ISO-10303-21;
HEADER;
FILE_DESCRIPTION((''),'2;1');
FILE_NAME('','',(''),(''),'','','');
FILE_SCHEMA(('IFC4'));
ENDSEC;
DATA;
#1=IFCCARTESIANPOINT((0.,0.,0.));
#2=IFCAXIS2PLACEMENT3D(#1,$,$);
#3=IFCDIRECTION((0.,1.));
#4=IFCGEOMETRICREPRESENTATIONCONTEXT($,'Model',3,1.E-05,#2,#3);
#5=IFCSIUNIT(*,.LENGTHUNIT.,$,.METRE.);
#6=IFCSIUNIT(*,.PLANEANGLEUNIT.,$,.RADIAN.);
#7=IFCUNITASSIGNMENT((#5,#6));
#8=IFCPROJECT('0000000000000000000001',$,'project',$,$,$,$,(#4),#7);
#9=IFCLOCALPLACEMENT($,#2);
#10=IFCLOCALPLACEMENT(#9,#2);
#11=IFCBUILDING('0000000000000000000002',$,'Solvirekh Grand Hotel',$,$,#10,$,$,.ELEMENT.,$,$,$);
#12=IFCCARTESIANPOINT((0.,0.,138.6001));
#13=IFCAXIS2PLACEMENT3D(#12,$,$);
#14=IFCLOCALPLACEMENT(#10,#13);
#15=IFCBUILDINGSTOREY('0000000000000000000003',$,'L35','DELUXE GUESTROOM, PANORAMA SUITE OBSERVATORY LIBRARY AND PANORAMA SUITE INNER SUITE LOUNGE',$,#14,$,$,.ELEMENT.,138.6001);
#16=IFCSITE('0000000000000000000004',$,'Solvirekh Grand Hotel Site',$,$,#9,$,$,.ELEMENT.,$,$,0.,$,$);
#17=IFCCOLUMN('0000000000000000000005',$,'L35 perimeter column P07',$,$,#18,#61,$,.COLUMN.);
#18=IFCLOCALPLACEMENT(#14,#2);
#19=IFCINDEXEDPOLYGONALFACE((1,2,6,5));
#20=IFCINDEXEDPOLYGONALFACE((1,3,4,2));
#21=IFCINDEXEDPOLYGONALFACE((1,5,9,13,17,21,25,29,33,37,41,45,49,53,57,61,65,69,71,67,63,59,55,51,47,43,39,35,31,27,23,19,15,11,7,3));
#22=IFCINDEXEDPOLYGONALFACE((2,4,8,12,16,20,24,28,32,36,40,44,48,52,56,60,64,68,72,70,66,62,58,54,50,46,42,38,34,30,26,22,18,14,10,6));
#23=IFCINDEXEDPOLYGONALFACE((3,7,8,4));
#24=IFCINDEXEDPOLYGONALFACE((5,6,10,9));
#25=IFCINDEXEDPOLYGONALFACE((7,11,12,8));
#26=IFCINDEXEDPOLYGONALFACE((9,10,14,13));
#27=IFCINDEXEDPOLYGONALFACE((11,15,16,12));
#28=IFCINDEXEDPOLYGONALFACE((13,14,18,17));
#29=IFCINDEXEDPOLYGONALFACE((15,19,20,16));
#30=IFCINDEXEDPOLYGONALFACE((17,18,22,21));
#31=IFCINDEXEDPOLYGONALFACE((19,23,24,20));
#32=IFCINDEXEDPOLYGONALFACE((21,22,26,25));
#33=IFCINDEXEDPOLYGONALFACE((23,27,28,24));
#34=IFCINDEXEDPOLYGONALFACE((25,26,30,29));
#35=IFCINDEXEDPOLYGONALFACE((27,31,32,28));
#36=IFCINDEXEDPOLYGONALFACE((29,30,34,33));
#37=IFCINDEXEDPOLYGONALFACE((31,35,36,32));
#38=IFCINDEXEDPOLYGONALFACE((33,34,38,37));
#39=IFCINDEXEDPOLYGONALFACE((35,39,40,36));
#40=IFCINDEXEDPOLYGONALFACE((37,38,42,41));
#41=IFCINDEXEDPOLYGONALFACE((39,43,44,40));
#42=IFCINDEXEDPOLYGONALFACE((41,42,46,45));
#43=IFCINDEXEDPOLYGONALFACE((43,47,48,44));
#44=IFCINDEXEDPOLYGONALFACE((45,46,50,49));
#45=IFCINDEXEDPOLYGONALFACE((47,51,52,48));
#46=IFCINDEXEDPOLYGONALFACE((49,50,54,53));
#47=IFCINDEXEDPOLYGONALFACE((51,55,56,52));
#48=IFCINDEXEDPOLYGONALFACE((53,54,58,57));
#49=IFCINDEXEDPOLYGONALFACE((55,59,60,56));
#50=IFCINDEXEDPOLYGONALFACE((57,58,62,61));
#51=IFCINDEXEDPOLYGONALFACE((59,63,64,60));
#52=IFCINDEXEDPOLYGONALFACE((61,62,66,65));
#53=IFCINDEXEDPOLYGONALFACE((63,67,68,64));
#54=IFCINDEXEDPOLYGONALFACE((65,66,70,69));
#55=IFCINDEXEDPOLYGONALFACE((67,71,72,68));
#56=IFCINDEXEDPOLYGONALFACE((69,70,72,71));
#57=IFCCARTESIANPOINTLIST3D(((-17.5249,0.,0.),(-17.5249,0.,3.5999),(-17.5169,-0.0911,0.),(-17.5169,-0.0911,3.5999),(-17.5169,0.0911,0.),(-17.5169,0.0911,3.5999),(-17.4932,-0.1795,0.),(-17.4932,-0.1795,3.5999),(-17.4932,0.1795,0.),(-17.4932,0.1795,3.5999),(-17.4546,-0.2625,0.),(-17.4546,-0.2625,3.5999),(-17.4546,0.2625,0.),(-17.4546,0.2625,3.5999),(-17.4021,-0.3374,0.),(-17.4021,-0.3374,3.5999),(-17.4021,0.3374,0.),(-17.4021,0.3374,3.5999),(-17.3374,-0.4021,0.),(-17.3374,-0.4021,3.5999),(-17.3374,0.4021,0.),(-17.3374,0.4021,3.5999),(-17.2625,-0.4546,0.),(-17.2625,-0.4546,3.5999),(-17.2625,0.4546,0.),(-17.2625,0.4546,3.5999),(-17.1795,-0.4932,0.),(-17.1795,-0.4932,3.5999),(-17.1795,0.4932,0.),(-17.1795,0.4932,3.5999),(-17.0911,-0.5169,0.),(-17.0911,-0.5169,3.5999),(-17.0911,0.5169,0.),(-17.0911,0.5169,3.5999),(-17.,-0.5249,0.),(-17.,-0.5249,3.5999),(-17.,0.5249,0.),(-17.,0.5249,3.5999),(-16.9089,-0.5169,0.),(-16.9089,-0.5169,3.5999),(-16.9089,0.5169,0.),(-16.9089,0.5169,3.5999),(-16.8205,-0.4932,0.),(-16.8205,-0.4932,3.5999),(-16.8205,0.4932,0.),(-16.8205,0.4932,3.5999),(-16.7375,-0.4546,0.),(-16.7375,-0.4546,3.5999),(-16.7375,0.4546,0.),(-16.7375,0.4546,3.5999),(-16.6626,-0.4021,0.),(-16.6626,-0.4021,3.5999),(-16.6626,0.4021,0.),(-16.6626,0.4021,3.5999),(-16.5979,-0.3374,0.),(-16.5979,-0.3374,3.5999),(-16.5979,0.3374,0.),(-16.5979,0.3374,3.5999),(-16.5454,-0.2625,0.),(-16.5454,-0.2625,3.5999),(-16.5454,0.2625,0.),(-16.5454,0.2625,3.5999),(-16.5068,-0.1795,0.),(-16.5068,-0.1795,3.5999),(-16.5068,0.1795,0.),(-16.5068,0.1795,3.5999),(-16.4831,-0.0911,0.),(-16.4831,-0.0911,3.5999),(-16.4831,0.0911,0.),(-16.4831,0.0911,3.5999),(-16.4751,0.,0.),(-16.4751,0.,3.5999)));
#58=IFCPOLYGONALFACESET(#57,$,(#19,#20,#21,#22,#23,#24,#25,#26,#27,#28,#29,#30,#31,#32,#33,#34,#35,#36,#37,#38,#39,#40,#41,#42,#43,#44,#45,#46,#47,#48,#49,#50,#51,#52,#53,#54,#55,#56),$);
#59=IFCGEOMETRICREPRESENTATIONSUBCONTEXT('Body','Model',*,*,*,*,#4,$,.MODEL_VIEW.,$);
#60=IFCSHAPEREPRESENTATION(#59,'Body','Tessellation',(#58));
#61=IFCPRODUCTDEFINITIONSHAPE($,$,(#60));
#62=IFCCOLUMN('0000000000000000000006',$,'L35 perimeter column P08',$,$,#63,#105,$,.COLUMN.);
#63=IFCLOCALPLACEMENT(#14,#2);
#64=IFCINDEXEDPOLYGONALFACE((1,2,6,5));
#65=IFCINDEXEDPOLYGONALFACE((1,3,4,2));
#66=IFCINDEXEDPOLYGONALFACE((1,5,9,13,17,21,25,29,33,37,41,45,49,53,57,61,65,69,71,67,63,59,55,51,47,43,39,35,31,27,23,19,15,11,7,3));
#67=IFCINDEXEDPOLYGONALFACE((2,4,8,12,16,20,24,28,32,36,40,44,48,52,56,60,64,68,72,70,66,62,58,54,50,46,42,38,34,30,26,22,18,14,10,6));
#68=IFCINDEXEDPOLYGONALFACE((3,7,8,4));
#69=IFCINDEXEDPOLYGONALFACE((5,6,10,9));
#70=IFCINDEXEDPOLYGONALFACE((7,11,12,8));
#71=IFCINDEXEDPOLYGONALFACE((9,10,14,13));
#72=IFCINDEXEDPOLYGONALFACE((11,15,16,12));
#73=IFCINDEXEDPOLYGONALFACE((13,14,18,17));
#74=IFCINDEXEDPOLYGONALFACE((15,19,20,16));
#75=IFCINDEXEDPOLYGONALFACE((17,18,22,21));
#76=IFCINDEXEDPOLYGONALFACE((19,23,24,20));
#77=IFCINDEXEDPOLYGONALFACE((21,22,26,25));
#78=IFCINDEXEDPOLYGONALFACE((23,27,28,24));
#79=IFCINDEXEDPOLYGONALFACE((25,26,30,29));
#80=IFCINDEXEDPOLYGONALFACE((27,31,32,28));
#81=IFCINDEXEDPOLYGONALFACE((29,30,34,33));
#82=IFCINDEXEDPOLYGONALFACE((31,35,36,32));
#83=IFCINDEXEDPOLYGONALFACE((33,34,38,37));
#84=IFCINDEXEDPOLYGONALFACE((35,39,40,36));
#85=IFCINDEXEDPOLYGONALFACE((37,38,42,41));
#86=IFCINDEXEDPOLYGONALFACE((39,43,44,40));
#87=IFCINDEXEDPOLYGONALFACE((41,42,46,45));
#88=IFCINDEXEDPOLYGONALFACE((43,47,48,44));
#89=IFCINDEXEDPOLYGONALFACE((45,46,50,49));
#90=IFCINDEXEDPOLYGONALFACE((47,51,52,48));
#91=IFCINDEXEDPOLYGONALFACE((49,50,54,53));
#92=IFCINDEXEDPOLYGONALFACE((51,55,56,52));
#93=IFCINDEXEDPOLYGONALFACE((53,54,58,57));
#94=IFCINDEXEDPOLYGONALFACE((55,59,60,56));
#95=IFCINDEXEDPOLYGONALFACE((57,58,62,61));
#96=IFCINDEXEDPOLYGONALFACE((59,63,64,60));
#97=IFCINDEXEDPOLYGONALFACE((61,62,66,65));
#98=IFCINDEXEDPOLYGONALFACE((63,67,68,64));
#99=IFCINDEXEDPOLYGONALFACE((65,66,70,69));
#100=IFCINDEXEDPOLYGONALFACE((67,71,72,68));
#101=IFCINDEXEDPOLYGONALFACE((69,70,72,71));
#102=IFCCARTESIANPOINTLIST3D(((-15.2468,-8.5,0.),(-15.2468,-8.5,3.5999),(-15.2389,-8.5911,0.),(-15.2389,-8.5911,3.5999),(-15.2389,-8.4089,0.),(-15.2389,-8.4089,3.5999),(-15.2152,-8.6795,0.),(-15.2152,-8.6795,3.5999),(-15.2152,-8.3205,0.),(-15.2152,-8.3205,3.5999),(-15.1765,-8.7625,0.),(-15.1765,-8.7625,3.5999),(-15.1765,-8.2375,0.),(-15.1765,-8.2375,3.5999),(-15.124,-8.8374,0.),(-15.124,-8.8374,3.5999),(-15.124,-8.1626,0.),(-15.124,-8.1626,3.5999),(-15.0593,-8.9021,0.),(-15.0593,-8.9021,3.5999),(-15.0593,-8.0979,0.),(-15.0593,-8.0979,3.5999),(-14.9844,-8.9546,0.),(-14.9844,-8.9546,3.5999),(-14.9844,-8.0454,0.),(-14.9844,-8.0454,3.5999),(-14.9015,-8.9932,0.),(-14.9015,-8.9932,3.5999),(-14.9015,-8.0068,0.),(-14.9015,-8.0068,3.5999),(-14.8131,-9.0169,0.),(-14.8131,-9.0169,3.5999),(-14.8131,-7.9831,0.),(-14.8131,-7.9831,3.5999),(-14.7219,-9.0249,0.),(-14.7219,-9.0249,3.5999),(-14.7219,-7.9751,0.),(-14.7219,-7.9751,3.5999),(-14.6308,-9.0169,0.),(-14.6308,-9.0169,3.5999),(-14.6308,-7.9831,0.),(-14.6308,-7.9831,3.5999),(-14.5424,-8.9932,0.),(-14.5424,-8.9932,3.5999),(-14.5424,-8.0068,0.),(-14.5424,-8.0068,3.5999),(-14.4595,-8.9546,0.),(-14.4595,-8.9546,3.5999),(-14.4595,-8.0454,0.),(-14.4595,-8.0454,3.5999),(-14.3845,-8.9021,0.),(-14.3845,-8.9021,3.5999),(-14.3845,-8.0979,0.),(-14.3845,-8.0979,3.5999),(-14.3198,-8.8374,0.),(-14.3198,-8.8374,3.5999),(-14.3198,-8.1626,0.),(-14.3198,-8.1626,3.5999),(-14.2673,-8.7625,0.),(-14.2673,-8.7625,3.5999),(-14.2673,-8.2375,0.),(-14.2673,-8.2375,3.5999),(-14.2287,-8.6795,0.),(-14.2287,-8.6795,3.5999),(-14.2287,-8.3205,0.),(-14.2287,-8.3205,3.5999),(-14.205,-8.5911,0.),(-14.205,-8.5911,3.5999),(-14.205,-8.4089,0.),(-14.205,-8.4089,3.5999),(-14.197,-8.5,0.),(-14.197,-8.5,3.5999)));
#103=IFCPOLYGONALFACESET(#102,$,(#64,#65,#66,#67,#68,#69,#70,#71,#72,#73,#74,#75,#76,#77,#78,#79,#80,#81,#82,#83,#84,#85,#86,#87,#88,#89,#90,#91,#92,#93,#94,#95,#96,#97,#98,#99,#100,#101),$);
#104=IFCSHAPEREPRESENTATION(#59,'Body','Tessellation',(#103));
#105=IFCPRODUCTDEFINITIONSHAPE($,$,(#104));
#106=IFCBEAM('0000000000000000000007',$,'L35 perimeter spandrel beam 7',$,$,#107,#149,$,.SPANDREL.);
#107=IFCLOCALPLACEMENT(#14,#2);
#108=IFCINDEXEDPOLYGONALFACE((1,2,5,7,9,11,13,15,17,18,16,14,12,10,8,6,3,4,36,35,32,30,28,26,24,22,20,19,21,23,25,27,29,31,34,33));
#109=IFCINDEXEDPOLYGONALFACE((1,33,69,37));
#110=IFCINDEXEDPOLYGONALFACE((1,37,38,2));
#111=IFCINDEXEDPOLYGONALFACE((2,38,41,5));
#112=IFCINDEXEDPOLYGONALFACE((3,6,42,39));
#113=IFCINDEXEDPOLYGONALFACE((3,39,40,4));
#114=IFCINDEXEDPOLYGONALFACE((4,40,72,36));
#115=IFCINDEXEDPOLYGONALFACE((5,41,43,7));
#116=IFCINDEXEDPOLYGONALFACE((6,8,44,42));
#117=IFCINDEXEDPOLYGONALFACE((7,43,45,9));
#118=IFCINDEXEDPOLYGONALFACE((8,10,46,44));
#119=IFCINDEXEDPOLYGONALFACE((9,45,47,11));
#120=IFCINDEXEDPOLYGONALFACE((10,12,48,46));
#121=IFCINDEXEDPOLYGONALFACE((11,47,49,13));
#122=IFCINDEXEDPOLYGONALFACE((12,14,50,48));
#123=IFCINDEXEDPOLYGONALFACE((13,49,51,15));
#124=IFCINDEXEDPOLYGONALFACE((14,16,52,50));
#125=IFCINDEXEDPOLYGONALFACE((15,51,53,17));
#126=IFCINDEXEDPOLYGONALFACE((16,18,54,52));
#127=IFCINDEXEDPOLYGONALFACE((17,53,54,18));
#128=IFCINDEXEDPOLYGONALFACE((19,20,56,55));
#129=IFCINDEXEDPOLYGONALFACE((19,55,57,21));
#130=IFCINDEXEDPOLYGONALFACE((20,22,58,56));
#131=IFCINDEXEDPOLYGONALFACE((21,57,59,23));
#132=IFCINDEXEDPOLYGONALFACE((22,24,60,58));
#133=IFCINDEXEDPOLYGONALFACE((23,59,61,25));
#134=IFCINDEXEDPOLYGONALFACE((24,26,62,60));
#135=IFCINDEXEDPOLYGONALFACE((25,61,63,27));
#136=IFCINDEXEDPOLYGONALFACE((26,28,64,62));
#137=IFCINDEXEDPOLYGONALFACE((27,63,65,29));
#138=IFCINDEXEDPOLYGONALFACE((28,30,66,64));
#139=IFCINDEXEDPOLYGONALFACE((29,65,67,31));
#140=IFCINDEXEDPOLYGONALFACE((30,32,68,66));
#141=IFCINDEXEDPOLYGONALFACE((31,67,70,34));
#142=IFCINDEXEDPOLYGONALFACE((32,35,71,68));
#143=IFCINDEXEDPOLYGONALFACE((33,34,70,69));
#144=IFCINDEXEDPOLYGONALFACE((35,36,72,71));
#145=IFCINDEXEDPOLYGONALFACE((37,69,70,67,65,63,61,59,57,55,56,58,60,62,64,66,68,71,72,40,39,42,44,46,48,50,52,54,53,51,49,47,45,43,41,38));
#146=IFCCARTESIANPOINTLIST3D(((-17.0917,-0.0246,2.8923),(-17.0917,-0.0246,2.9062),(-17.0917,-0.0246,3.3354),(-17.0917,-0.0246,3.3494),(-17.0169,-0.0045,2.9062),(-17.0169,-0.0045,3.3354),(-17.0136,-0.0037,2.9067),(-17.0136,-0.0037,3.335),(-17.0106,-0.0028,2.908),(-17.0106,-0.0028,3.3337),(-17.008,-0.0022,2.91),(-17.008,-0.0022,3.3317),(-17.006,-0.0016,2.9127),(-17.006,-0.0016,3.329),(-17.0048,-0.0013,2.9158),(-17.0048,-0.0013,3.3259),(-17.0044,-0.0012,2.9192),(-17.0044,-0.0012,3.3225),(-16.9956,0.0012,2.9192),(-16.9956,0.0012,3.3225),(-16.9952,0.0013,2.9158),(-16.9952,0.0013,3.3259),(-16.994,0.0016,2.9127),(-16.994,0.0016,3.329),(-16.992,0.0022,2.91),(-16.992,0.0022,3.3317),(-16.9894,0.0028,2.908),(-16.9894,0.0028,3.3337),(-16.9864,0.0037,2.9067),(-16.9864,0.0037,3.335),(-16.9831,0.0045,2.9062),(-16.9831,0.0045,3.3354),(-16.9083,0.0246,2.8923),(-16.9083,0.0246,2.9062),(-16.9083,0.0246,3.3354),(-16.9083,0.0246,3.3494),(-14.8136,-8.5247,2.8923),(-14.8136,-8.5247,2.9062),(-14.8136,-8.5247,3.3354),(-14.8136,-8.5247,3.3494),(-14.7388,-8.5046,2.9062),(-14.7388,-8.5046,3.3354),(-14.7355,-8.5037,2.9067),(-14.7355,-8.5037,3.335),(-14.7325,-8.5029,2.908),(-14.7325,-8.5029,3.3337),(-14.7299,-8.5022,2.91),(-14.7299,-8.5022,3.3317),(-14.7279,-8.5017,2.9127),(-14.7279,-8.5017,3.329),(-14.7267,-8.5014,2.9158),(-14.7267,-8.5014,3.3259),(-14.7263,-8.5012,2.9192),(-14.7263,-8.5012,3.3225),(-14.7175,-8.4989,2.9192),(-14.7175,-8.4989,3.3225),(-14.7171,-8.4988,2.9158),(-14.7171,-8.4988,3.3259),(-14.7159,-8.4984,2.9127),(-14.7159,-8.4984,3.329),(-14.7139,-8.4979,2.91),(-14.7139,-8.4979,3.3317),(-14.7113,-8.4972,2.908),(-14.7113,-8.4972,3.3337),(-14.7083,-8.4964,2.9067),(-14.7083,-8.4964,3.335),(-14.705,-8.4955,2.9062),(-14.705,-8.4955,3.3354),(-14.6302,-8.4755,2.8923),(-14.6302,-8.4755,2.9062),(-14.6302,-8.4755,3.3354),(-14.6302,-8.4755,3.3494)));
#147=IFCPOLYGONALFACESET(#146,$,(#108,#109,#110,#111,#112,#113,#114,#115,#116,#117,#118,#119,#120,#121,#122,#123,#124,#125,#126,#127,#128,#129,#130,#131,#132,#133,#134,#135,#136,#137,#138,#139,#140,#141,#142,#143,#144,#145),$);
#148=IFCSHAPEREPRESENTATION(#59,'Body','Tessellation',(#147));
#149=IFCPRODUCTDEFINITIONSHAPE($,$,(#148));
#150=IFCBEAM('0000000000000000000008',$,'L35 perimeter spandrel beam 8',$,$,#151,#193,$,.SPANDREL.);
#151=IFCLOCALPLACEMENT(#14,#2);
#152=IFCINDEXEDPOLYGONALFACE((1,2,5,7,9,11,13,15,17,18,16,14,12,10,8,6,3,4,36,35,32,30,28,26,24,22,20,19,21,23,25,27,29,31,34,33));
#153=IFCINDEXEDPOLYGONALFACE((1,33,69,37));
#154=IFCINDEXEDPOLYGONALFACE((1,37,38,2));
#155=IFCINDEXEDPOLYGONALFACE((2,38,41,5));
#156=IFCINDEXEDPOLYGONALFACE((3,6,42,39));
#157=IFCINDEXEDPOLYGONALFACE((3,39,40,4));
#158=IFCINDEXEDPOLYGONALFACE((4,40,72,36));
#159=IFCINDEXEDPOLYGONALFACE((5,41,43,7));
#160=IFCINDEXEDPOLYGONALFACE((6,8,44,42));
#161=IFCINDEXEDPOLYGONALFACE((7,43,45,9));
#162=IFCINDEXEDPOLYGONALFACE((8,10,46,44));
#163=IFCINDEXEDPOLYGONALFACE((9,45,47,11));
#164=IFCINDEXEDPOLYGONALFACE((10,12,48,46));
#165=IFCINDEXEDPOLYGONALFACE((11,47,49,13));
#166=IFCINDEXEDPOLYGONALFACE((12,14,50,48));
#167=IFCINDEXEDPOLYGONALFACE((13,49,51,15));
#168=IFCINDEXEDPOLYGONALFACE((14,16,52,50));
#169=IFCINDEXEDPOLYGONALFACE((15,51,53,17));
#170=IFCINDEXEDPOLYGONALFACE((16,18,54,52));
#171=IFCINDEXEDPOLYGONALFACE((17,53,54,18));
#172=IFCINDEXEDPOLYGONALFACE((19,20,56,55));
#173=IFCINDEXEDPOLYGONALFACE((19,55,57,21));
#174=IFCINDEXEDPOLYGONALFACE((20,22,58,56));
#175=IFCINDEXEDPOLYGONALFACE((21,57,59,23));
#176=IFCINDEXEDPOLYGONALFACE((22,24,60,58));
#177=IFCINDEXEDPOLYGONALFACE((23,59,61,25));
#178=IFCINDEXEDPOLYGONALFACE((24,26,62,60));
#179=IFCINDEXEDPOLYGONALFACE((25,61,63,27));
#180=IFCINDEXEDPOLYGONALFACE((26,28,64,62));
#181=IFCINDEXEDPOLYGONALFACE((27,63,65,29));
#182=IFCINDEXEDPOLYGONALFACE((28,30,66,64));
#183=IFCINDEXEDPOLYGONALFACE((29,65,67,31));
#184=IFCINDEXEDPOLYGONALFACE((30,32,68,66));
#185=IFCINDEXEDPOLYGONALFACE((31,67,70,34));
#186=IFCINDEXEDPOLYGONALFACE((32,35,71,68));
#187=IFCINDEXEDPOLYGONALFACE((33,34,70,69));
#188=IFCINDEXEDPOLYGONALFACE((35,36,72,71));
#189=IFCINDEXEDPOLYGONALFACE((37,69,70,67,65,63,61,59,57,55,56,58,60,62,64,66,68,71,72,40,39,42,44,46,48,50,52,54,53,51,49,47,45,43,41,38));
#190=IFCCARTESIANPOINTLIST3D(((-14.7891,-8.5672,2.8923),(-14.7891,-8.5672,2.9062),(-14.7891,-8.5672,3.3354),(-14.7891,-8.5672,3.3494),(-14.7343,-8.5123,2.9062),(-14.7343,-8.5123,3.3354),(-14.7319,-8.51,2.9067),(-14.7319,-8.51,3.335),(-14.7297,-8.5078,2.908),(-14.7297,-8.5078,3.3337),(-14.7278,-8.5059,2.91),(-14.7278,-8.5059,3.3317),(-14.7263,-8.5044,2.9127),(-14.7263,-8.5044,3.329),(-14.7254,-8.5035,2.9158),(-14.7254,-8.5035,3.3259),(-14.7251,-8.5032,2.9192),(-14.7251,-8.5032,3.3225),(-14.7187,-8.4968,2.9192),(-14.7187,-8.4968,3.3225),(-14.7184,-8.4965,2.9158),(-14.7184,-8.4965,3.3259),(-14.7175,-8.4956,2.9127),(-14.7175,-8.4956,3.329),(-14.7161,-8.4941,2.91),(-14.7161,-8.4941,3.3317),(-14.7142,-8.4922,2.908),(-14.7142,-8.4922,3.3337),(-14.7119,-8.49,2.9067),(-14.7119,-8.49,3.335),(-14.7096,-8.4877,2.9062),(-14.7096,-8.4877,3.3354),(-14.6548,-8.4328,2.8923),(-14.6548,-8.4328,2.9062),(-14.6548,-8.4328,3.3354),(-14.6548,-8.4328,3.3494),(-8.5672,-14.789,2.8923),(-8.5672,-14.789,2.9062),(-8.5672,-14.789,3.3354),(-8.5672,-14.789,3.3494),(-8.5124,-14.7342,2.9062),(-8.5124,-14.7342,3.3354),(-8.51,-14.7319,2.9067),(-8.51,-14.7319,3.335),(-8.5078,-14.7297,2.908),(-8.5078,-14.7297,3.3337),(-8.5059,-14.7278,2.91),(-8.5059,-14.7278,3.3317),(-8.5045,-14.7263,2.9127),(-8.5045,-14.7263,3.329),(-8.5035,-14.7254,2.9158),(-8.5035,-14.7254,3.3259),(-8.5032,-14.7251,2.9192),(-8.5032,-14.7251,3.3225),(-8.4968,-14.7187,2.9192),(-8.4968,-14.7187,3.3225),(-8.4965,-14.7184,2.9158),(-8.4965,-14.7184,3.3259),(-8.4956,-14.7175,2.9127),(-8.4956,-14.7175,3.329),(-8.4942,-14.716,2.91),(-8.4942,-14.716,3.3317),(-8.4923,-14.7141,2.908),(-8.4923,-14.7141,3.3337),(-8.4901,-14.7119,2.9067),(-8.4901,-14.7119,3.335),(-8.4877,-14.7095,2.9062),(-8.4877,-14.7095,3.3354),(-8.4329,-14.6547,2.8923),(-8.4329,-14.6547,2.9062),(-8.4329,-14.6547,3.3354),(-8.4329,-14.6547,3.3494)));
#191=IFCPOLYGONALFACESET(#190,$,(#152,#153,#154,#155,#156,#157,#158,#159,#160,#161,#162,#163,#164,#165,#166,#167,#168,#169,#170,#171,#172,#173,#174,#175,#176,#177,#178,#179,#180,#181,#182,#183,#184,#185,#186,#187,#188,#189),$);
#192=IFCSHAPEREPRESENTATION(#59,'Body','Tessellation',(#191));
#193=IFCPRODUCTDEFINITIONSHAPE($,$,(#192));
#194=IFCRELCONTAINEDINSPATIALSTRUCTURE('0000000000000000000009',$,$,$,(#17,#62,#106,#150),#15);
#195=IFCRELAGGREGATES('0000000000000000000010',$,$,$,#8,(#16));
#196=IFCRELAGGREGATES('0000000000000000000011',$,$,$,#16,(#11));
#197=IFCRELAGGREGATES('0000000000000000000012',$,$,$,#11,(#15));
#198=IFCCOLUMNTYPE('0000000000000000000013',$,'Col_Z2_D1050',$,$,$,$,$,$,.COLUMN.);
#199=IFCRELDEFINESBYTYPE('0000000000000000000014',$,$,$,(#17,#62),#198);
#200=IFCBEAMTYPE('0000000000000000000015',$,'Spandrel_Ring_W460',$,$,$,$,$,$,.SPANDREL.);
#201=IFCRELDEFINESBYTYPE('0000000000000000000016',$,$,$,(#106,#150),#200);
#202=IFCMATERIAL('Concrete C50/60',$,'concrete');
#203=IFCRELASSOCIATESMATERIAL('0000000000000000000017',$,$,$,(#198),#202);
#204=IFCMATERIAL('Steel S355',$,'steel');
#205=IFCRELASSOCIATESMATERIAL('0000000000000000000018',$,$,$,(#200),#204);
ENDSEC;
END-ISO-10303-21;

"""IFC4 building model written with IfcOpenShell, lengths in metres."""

from ifc_helpers import new_model, si_unit, direction, frame, origin, origin_2d, place, context, subcontext, project, spatial, circle, i_section, extrude, material, material_profile, profile_set, type_object, element, save


model = new_model("IFC4")

# Units and contexts
model_context = context("Model", 3, precision=1e-05, world=origin(), true_north=direction((0.0, 1.0)))
body_context = subcontext(model_context, "Body", "Model", "MODEL_VIEW")
ifc_project = project(units=[si_unit("LENGTHUNIT", "METRE"), si_unit("PLANEANGLEUNIT", "RADIAN")], contexts=[model_context])

# Site, building, storey
site_placement = place(None, origin())
site = spatial("IfcSite", under=ifc_project, at=site_placement, Name="Solvirekh Grand Hotel Site", CompositionType="ELEMENT", RefElevation=0.0)
building_placement = place(site_placement, origin())
building = spatial("IfcBuilding", under=site, at=building_placement, Name="Solvirekh Grand Hotel", CompositionType="ELEMENT")
storey_placement = place(building_placement, frame((0.0, 0.0, 138.6001)))
storey = spatial("IfcBuildingStorey", under=building, at=storey_placement, Name="L35", Description="DELUXE GUESTROOM, PANORAMA SUITE OBSERVATORY LIBRARY AND PANORAMA SUITE INNER SUITE LOUNGE", CompositionType="ELEMENT", Elevation=138.6001)

# Columns
ifc_material_1 = material(Name="Concrete C50/60", Category="concrete")
ifc_material_profile_1 = material_profile(ifc_material_1, circle(Radius=0.5249, at=origin_2d()), Name="RC CIRC D1050")
ifc_profile_set_1 = profile_set([ifc_material_profile_1], Name="Concrete C50/60")
column_type = type_object("IfcColumnType", Name="Col_Z2_D1050", PredefinedType="COLUMN", material=ifc_profile_set_1)
for number, where, z_axis, x_axis, name in (
    (1, (-17.0, 0.0, 0.0), (0.0, 0.0, 1.0), (1.0, 0.0, 0.0), "L35 perimeter column P07"),
    (2, (-14.7219, -8.5, 0.0), (0.0, 0.0, 1.0), (1.0, 0.0, 0.0), "L35 perimeter column P08"),
):
    element("IfcColumn", number, at=place(storey_placement, frame(where, z_axis=z_axis, x_axis=x_axis)), inside=storey, type_object=column_type, Name=name, PredefinedType="COLUMN", context=body_context, shape_type="SweptSolid", body=[
        extrude(circle(Radius=0.5249, at=origin_2d()), origin(), (0.0, 0.0, 1.0), 3.5999),
    ])

# Beams
ifc_material_2 = material(Name="Steel S355", Category="steel")
ifc_material_profile_2 = material_profile(ifc_material_2, i_section(OverallWidth=0.1899, OverallDepth=0.457, WebThickness=0.009, FlangeThickness=0.0139, FilletRadius=0.0129, at=origin_2d()), Name="W460X74")
ifc_profile_set_2 = profile_set([ifc_material_profile_2], Name="Steel S355")
beam_type = type_object("IfcBeamType", Name="Spandrel_Ring_W460", PredefinedType="SPANDREL", material=ifc_profile_set_2)
beam_1_placement = place(storey_placement, frame((-17.0, 0.0, 3.1208), z_axis=(0.258873, -0.965911, 0.0), x_axis=(0.965911, 0.258873, 0.0)))
element("IfcBeam", 3, at=beam_1_placement, inside=storey, type_object=beam_type, Name="L35 perimeter spandrel beam 7", PredefinedType="SPANDREL", context=body_context, shape_type="SweptSolid", body=[
    extrude(i_section(OverallWidth=0.1899, OverallDepth=0.457, WebThickness=0.009, FlangeThickness=0.0139, FilletRadius=0.0129, at=origin_2d()), origin(), (0.0, 0.0, 1.0), 8.8),
])
beam_2_placement = place(storey_placement, frame((-14.7219, -8.5, 3.1208), z_axis=(0.707107, -0.707107, 0.0), x_axis=(0.707107, 0.707107, 0.0)))
element("IfcBeam", 4, at=beam_2_placement, inside=storey, type_object=beam_type, Name="L35 perimeter spandrel beam 8", PredefinedType="SPANDREL", context=body_context, shape_type="SweptSolid", body=[
    extrude(i_section(OverallWidth=0.1899, OverallDepth=0.457, WebThickness=0.009, FlangeThickness=0.0139, FilletRadius=0.0129, at=origin_2d()), origin(), (0.0, 0.0, 1.0), 8.7991),
])

save(model, "model.ifc")
